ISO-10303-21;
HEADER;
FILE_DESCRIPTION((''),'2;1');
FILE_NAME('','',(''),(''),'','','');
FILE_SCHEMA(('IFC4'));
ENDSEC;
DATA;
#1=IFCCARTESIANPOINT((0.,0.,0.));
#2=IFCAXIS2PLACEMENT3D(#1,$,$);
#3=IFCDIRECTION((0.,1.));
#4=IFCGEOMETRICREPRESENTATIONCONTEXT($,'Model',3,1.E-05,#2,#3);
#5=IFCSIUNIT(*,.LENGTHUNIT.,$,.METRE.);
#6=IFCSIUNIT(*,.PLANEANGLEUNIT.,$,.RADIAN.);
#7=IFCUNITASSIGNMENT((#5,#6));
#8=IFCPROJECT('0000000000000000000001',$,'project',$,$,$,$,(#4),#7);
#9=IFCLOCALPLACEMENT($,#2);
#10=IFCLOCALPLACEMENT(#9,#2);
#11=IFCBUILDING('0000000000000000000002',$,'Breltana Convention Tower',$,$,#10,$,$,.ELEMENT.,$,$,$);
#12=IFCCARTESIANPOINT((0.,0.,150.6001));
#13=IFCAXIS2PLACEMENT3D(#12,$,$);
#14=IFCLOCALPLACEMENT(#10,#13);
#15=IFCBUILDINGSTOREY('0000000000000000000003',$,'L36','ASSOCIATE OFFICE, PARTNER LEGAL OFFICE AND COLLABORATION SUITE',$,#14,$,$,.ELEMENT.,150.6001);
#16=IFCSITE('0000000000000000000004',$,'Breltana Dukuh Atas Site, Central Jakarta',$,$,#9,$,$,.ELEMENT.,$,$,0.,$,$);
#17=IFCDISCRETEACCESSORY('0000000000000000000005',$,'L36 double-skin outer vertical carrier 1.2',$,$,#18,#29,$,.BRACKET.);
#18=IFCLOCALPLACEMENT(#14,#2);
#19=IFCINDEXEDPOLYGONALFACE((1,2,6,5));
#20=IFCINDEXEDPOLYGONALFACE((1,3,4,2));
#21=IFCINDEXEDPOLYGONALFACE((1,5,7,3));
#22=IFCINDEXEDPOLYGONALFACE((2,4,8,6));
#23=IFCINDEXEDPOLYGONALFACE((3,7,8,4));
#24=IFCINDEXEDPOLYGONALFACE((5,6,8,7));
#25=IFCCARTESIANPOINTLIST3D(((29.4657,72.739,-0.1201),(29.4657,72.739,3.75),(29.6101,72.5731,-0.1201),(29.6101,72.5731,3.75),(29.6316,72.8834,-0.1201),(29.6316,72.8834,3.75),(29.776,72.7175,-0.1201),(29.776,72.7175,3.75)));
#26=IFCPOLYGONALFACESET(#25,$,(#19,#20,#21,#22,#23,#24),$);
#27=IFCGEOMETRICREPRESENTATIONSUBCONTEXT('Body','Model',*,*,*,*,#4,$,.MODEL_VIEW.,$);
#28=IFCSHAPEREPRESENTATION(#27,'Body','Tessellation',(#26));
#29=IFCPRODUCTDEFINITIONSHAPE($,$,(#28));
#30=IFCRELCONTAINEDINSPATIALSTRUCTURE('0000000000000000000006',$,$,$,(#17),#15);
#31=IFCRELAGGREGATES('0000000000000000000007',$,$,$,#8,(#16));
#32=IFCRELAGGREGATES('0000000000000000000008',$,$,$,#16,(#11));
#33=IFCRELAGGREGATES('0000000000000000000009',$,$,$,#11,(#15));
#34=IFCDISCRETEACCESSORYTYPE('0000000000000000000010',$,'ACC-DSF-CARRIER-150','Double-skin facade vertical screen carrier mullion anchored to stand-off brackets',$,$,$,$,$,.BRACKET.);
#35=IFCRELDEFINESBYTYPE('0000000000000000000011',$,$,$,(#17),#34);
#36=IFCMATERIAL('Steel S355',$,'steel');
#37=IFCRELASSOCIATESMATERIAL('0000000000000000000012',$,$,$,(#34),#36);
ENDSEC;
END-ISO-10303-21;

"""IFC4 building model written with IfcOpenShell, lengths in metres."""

from ifc_helpers import new_model, si_unit, direction, frame, origin, origin_2d, place, context, subcontext, project, spatial, rectangle, extrude, source, transform, mapped, material, type_object, element, save


model = new_model("IFC4")

# Units and contexts
model_context = context("Model", 3, precision=1e-05, world=origin(), true_north=direction((0.0, 1.0)))
body_context = subcontext(model_context, "Body", "Model", "MODEL_VIEW")
ifc_project = project(units=[si_unit("LENGTHUNIT", "METRE"), si_unit("PLANEANGLEUNIT", "RADIAN")], contexts=[model_context])

# Site, building, storey
site_placement = place(None, origin())
site = spatial("IfcSite", under=ifc_project, at=site_placement, Name="Breltana Dukuh Atas Site, Central Jakarta", CompositionType="ELEMENT", RefElevation=0.0)
building_placement = place(site_placement, origin())
building = spatial("IfcBuilding", under=site, at=building_placement, Name="Breltana Convention Tower", CompositionType="ELEMENT")
storey_placement = place(building_placement, frame((0.0, 0.0, 150.6001)))
storey = spatial("IfcBuildingStorey", under=building, at=storey_placement, Name="L36", Description="ASSOCIATE OFFICE, PARTNER LEGAL OFFICE AND COLLABORATION SUITE", CompositionType="ELEMENT", Elevation=150.6001)

# Discrete accessory
ifc_material_1 = material(Name="Steel S355", Category="steel")
discrete_accessory_type_1 = type_object("IfcDiscreteAccessoryType", Name="ACC-DSF-CARRIER-150", Description="Double-skin facade vertical screen carrier mullion anchored to stand-off brackets", PredefinedType="BRACKET", material=ifc_material_1)
shared_shape_1 = source(origin(), body_context, "Body", "SweptSolid", [
    extrude(rectangle(XDim=0.22, YDim=0.22, at=origin_2d()), origin(), (0.0, 0.0, 1.0), 3.8701),
])
for number, where, z_axis, x_axis, name in (
    (1, (29.6208, 72.7283, -0.1201), (0.0, 0.0, 1.0), (-0.656456, 0.754365, 0.0), "L36 double-skin outer vertical carrier 1.2"),
):
    element("IfcDiscreteAccessory", number, at=place(storey_placement, frame(where, z_axis=z_axis, x_axis=x_axis)), inside=storey, type_object=discrete_accessory_type_1, Name=name, PredefinedType="BRACKET", context=body_context, shape_type="MappedRepresentation", body=[
        mapped(shared_shape_1, transform((0.0, 0.0, 0.0), scale=1.0)),
    ])

save(model, "model.ifc")
